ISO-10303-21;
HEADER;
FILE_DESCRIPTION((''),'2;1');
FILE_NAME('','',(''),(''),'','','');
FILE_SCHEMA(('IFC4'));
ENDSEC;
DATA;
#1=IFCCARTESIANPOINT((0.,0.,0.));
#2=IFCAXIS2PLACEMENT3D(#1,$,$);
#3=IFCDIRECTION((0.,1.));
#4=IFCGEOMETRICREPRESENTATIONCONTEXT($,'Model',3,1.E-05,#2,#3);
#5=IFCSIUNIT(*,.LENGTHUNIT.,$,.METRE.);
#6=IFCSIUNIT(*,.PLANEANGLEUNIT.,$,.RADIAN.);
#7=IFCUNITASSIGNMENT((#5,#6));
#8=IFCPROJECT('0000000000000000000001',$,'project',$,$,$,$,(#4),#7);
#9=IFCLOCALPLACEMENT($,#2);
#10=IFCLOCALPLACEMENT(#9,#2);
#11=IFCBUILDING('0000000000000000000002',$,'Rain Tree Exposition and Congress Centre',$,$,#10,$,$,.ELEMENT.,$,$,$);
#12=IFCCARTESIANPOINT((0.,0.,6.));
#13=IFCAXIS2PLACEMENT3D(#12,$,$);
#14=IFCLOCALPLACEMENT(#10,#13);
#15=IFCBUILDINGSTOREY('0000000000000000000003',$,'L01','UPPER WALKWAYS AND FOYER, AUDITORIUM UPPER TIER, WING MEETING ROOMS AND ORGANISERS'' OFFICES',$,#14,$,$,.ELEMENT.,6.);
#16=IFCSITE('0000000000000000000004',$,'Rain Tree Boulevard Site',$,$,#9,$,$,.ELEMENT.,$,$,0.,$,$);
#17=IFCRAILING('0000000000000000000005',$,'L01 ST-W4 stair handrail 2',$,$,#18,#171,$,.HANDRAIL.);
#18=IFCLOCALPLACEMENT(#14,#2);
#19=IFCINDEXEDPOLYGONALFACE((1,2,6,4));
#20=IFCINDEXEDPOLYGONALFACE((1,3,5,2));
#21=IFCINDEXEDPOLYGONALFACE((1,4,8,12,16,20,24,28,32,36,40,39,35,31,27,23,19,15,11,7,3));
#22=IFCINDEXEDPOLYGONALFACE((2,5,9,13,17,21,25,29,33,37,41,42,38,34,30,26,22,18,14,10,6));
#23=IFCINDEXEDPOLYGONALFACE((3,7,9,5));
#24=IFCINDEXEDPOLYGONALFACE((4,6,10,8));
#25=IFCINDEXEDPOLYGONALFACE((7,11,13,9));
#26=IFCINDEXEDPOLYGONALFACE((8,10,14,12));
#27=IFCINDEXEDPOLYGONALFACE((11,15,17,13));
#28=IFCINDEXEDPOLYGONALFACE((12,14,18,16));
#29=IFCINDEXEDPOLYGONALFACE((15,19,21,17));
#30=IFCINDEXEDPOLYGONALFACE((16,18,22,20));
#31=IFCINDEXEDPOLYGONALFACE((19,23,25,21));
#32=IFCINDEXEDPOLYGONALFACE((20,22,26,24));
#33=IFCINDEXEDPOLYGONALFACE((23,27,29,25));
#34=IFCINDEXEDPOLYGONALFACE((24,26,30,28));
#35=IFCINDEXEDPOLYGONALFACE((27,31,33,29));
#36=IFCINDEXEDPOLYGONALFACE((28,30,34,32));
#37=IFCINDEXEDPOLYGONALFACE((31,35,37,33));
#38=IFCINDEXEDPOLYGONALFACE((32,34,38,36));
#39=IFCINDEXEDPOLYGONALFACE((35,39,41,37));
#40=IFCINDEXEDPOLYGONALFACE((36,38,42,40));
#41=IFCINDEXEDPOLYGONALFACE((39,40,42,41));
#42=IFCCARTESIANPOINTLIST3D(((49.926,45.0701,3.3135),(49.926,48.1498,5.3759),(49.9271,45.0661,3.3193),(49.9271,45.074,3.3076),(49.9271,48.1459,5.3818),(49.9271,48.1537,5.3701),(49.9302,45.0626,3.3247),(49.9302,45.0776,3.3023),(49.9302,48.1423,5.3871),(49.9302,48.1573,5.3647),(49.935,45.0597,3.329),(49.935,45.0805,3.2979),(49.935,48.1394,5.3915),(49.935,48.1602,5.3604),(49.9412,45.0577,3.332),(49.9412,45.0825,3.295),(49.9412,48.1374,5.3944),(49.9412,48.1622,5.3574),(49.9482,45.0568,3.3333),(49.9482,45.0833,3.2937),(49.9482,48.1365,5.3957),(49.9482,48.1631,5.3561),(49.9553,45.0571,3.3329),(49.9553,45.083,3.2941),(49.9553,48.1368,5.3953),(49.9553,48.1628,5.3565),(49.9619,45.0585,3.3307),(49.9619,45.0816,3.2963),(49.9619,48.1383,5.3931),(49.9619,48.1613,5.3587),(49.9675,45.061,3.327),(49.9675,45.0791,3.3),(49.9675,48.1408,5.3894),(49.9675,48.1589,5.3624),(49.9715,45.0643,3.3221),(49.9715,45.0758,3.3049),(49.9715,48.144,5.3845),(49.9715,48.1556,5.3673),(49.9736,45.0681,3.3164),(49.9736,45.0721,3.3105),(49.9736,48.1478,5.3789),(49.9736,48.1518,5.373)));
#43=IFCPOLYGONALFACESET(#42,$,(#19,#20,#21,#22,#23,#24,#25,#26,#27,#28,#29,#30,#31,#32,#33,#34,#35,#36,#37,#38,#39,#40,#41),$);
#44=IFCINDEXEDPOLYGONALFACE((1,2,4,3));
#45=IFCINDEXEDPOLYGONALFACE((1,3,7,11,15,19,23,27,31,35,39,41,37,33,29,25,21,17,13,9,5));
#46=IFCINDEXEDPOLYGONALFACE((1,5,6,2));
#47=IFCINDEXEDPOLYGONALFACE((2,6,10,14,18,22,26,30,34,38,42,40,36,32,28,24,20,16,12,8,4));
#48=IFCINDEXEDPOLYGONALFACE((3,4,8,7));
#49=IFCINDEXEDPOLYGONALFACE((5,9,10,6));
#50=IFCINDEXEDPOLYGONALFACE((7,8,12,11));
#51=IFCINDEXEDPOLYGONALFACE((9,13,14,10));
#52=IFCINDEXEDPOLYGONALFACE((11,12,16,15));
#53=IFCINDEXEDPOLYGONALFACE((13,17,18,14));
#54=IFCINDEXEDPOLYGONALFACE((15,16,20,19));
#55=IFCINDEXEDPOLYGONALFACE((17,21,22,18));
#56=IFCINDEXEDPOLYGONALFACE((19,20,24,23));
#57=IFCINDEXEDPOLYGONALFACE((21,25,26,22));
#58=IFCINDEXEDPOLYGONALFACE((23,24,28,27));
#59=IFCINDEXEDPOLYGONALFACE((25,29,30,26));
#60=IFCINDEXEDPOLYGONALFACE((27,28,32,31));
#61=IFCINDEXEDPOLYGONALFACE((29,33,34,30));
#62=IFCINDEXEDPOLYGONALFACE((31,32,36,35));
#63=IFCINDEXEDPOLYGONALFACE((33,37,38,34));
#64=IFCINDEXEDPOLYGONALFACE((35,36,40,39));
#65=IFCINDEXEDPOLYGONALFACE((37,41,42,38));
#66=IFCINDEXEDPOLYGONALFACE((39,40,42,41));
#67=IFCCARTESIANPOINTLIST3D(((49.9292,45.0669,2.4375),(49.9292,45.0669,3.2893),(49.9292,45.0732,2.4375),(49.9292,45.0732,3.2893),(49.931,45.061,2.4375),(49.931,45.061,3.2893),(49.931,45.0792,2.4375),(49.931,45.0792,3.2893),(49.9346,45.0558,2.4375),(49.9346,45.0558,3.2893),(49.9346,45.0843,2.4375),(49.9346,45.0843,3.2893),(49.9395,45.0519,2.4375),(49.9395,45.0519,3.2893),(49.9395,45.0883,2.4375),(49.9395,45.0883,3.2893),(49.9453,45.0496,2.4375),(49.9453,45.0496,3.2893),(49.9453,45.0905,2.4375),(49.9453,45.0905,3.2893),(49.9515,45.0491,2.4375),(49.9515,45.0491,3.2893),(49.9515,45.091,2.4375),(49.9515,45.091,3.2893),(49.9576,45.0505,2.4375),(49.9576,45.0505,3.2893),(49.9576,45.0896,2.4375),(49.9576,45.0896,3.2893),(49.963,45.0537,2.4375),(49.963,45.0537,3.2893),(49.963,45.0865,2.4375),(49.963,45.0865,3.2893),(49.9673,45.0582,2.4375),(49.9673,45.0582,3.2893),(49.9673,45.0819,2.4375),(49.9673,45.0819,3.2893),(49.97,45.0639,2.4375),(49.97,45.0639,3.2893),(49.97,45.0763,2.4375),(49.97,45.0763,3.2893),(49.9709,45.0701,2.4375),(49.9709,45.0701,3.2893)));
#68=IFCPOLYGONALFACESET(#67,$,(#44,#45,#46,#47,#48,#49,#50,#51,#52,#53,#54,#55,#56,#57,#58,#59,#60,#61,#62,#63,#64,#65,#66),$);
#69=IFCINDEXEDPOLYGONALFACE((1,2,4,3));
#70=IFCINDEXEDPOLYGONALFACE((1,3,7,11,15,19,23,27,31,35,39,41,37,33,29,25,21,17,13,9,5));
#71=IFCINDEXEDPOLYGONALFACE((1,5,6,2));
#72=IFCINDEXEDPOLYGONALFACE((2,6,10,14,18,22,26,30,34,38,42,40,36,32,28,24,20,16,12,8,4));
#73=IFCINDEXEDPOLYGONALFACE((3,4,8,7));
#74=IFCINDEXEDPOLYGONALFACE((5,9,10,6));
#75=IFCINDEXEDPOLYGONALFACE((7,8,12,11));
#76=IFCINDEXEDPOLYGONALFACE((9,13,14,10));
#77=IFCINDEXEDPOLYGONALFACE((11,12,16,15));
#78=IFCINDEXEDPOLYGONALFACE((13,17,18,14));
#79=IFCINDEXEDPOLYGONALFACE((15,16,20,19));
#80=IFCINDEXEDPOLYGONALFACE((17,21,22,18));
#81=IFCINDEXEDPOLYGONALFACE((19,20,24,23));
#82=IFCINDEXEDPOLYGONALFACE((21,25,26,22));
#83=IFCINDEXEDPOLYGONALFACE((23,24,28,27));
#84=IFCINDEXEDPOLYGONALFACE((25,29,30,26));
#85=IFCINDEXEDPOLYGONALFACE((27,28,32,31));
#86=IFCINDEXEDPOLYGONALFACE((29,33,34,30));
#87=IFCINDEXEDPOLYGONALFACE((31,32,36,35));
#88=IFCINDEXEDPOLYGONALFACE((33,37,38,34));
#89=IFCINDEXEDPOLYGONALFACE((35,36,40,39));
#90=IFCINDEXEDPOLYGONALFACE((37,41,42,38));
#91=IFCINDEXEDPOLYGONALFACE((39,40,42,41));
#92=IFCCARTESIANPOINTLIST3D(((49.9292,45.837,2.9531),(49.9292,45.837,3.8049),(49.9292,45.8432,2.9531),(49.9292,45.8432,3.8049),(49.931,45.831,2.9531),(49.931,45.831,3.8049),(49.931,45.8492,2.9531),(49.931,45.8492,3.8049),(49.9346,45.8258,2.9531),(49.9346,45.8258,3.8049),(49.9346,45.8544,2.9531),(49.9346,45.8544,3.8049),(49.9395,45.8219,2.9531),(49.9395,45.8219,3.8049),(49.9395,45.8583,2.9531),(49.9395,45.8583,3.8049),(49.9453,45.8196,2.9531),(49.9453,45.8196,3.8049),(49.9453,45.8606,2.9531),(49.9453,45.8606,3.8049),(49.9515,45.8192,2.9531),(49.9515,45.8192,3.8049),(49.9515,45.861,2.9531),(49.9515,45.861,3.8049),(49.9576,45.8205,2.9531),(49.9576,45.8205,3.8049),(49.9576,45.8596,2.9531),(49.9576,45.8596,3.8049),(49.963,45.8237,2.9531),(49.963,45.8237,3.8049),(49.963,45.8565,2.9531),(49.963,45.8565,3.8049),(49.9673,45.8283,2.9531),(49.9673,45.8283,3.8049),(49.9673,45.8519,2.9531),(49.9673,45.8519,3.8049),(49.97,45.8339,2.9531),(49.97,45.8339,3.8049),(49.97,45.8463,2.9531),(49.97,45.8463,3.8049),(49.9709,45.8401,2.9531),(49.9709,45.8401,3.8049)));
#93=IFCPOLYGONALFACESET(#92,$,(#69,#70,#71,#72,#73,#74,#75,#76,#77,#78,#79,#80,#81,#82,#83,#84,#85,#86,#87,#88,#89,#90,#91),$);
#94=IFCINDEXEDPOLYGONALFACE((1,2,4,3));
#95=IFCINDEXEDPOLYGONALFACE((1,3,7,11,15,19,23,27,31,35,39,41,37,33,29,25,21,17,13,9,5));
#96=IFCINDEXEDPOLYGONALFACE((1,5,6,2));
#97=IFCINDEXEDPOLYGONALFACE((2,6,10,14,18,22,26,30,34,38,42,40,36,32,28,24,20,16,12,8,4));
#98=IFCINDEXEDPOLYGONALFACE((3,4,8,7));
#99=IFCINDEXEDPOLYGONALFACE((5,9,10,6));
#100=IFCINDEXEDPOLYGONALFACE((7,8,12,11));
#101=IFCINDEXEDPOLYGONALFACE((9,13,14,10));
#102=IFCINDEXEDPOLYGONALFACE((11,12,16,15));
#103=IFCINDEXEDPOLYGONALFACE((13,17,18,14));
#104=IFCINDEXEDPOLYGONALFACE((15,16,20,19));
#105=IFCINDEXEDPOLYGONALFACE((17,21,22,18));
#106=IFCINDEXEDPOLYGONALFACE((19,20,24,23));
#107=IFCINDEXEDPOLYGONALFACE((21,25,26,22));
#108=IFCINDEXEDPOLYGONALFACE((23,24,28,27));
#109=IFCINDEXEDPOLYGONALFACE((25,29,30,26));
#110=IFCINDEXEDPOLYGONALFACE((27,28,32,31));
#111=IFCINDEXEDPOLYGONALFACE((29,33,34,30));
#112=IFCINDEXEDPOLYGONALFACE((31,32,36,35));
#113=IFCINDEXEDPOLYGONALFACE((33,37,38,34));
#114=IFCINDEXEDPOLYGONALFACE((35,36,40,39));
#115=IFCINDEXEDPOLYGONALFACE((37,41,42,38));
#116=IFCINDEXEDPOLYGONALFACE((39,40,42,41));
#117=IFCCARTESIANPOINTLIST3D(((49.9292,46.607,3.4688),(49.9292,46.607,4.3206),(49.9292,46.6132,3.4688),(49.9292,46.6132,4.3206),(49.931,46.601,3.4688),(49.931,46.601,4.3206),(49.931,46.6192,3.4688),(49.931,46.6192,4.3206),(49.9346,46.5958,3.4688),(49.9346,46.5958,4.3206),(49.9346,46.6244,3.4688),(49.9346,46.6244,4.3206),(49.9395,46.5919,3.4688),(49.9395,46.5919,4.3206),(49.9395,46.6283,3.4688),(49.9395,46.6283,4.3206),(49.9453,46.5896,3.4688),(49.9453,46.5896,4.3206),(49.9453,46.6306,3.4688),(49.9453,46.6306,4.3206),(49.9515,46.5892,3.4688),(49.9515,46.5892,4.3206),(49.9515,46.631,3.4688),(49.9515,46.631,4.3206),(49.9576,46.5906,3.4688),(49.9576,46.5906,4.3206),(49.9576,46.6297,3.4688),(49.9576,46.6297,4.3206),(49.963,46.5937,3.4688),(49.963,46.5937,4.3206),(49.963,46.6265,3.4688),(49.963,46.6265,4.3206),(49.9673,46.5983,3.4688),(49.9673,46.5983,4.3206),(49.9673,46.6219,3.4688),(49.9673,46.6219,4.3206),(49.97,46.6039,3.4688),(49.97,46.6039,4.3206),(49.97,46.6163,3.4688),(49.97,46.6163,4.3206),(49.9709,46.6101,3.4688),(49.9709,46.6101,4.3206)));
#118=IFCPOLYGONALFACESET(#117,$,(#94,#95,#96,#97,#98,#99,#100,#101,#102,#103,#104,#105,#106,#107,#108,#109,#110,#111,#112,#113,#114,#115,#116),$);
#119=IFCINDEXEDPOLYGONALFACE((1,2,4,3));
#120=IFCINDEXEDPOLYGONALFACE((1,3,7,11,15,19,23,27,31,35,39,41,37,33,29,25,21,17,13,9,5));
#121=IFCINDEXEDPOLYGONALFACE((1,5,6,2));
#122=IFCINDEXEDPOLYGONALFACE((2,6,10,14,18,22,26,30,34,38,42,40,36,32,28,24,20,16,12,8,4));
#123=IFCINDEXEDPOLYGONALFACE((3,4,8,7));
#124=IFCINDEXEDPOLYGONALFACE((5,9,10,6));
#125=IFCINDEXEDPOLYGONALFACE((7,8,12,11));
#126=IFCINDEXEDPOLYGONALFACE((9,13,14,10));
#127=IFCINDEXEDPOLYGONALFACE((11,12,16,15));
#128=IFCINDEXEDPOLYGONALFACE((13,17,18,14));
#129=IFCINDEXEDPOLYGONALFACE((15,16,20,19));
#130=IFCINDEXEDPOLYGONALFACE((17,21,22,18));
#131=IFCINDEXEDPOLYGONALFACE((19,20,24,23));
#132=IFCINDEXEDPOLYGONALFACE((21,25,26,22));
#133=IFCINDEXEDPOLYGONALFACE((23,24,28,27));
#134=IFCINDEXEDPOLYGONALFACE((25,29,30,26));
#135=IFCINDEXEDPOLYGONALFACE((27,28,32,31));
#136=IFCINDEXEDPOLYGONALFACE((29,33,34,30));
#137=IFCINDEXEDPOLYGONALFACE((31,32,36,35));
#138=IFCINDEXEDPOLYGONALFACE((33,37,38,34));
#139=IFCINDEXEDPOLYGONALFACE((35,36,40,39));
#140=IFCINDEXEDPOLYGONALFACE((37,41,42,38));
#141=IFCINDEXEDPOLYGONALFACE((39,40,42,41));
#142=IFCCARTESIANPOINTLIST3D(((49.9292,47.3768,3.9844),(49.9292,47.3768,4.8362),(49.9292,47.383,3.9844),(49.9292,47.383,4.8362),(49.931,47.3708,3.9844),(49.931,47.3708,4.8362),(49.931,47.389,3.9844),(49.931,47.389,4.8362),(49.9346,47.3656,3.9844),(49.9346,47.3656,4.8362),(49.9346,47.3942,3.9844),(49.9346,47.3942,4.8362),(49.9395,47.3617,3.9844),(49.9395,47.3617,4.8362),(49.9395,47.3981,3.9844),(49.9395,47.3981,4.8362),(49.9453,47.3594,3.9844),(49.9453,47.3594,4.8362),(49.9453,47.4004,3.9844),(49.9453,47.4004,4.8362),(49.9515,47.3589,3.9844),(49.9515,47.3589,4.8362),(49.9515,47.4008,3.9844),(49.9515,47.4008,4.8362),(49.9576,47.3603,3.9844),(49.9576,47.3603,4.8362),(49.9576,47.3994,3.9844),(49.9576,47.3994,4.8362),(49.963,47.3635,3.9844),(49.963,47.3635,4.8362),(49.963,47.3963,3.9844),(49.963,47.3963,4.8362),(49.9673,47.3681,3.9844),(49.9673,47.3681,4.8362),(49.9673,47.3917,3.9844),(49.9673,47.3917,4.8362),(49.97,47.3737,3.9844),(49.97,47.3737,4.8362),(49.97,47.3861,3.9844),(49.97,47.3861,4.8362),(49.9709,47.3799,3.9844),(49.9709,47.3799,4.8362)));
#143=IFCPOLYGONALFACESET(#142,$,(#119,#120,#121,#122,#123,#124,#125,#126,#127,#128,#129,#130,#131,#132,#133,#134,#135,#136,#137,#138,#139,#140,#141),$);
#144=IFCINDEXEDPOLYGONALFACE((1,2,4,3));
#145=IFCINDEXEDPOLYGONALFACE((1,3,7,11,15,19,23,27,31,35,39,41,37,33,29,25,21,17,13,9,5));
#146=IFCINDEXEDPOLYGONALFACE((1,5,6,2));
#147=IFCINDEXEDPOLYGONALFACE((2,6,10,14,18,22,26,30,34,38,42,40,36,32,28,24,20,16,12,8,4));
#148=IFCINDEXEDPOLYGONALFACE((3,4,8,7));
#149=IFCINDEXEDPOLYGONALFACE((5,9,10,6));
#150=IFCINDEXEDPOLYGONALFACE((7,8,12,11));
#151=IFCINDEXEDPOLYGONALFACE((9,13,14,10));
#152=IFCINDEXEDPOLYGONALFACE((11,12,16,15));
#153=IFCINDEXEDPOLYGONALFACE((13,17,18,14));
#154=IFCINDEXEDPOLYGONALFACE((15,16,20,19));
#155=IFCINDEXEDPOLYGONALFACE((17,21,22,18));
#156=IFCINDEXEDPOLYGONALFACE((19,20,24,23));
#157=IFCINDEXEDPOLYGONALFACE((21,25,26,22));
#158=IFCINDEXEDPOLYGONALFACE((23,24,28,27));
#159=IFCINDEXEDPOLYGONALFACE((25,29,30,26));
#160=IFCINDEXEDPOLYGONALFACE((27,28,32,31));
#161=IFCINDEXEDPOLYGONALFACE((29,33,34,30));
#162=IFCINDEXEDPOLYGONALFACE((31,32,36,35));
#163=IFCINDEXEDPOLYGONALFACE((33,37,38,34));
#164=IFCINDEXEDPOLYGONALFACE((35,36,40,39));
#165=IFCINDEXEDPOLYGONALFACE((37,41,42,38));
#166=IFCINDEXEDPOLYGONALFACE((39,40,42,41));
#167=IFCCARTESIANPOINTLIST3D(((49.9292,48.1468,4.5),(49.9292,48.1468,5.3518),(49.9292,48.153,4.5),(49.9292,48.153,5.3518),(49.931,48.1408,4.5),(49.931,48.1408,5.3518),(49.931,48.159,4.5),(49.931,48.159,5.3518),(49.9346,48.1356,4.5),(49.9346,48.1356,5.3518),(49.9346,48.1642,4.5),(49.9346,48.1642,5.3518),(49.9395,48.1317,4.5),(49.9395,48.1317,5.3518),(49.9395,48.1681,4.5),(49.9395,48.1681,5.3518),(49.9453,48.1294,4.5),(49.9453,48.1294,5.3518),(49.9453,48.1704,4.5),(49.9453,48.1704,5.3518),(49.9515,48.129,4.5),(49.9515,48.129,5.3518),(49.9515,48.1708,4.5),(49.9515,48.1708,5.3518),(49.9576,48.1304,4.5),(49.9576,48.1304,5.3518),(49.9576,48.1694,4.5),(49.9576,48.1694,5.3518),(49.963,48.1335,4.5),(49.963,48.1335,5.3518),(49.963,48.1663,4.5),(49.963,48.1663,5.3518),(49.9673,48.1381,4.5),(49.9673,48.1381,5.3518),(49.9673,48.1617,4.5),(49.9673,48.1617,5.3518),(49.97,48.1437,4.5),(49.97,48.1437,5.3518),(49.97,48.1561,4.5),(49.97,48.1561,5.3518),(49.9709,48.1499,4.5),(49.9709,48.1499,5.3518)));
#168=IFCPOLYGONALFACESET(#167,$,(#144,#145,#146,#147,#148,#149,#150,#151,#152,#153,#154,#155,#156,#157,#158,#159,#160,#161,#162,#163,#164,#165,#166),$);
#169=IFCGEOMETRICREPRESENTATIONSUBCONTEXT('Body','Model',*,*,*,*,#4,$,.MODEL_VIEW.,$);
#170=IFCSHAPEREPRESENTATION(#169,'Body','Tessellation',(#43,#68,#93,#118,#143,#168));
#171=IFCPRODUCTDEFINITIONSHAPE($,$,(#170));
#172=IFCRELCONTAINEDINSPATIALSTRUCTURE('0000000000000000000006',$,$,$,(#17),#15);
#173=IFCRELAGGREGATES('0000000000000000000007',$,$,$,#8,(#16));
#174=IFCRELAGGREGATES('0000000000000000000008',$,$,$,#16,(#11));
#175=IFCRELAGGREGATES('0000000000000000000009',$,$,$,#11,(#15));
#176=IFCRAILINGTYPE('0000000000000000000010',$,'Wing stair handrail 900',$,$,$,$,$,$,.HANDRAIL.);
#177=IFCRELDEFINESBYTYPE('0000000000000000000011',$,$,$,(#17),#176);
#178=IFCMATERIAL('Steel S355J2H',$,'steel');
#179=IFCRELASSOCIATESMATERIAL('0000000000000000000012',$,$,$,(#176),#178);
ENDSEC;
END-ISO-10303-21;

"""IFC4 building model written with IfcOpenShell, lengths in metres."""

from ifc_helpers import new_model, si_unit, direction, frame, origin, origin_2d, place, context, subcontext, project, spatial, circle, extrude, material, type_object, element, save


model = new_model("IFC4")

# Units and contexts
model_context = context("Model", 3, precision=1e-05, world=origin(), true_north=direction((0.0, 1.0)))
body_context = subcontext(model_context, "Body", "Model", "MODEL_VIEW")
ifc_project = project(units=[si_unit("LENGTHUNIT", "METRE"), si_unit("PLANEANGLEUNIT", "RADIAN")], contexts=[model_context])

# Site, building, storey
site_placement = place(None, origin())
site = spatial("IfcSite", under=ifc_project, at=site_placement, Name="Rain Tree Boulevard Site", CompositionType="ELEMENT", RefElevation=0.0)
building_placement = place(site_placement, origin())
building = spatial("IfcBuilding", under=site, at=building_placement, Name="Rain Tree Exposition and Congress Centre", CompositionType="ELEMENT")
storey_placement = place(building_placement, frame((0.0, 0.0, 6.0)))
storey = spatial("IfcBuildingStorey", under=building, at=storey_placement, Name="L01", Description="UPPER WALKWAYS AND FOYER, AUDITORIUM UPPER TIER, WING MEETING ROOMS AND ORGANISERS' OFFICES", CompositionType="ELEMENT", Elevation=6.0)

# Railing
ifc_material_1 = material(Name="Steel S355J2H", Category="steel")
railing_type_1 = type_object("IfcRailingType", Name="Wing stair handrail 900", PredefinedType="HANDRAIL", material=ifc_material_1)
railing_1_placement = place(storey_placement, frame((49.95, 45.0701, 2.4375)))
element("IfcRailing", 1, at=railing_1_placement, inside=storey, type_object=railing_type_1, Name="L01 ST-W4 stair handrail 2", PredefinedType="HANDRAIL", context=body_context, shape_type="SweptSolid", body=[
    extrude(circle(Radius=0.0239, at=origin_2d()), frame((0.0, 0.0, 0.876), z_axis=(0.0, 0.830893, 0.556432), x_axis=(-1.0, 0.0, 0.0)), (0.0, 0.0, 1.0), 3.7065),
    extrude(circle(Radius=0.021, at=origin_2d()), origin(), (0.0, 0.0, 1.0), 0.8518),
    extrude(circle(Radius=0.021, at=origin_2d()), frame((0.0, 0.77, 0.5156)), (0.0, 0.0, 1.0), 0.8518),
    extrude(circle(Radius=0.021, at=origin_2d()), frame((0.0, 1.54, 1.0312)), (0.0, 0.0, 1.0), 0.8518),
    extrude(circle(Radius=0.021, at=origin_2d()), frame((0.0, 2.3098, 1.5469)), (0.0, 0.0, 1.0), 0.8518),
    extrude(circle(Radius=0.021, at=origin_2d()), frame((0.0, 3.0798, 2.0625)), (0.0, 0.0, 1.0), 0.8518),
])

save(model, "model.ifc")
